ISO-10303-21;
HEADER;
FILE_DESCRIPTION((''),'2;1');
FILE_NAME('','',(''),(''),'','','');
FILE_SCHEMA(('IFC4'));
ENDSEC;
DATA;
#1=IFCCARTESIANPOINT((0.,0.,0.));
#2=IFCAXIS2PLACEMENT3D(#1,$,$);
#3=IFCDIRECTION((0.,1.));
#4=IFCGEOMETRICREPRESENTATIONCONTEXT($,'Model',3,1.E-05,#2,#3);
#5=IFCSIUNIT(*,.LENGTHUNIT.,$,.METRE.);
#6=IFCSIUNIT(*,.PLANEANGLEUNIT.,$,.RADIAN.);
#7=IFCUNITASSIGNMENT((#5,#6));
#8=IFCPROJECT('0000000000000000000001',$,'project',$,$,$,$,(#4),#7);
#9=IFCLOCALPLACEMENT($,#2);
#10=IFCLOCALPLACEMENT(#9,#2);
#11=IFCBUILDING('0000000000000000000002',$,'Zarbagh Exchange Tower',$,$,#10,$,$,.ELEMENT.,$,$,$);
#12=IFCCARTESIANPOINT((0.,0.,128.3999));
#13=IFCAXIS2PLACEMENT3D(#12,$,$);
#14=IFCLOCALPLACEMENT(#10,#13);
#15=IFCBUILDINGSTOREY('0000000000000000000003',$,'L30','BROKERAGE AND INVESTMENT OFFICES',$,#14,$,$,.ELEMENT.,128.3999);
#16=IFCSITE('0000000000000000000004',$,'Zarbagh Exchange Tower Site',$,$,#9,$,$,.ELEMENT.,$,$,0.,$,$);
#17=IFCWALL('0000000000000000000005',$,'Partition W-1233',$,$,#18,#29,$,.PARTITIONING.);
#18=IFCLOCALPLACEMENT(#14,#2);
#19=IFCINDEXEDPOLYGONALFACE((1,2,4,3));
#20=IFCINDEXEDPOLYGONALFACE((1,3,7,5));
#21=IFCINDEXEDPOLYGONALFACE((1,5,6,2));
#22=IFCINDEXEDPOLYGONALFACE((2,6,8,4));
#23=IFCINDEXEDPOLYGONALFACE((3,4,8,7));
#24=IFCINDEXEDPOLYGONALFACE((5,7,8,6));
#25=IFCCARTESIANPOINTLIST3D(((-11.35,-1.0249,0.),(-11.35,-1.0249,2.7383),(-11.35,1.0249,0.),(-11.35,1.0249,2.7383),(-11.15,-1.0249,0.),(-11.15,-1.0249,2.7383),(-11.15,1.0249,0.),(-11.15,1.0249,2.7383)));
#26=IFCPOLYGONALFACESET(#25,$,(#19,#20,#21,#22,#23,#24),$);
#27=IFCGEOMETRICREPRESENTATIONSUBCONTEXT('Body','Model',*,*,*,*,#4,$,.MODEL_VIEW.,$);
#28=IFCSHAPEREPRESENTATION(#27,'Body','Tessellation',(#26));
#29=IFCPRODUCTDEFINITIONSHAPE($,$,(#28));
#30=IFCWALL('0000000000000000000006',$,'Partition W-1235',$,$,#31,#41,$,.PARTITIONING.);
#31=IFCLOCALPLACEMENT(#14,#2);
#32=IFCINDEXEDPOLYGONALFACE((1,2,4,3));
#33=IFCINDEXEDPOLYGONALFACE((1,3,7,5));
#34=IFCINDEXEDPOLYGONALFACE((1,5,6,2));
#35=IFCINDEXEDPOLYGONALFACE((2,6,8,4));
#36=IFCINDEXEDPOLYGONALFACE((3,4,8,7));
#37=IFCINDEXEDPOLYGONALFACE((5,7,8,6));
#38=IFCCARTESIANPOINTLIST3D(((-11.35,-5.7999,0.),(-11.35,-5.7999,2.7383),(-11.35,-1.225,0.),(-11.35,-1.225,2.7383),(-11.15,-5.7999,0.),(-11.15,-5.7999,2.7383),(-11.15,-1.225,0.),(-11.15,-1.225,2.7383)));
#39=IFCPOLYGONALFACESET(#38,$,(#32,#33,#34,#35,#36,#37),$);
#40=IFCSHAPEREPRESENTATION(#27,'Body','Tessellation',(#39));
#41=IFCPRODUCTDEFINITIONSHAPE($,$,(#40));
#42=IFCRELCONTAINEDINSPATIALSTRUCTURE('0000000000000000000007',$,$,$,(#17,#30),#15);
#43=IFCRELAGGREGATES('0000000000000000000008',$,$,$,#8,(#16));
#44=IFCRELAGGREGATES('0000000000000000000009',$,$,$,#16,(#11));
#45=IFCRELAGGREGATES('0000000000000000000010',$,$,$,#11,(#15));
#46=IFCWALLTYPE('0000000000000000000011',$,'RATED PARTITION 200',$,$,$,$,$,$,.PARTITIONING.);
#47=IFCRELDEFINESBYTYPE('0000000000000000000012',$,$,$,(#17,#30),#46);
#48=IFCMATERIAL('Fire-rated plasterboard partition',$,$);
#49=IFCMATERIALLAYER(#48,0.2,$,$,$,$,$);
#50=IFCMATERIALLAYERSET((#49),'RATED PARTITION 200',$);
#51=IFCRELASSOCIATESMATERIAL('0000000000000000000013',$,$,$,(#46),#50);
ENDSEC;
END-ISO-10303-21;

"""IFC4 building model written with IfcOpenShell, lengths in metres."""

from ifc_helpers import new_model, si_unit, direction, frame, frame_2d, origin, place, context, subcontext, project, spatial, rectangle, extrude, material, layer, layer_set, type_object, element, save


model = new_model("IFC4")

# Units and contexts
model_context = context("Model", 3, precision=1e-05, world=origin(), true_north=direction((0.0, 1.0)))
body_context = subcontext(model_context, "Body", "Model", "MODEL_VIEW")
ifc_project = project(units=[si_unit("LENGTHUNIT", "METRE"), si_unit("PLANEANGLEUNIT", "RADIAN")], contexts=[model_context])

# Site, building, storey
site_placement = place(None, origin())
site = spatial("IfcSite", under=ifc_project, at=site_placement, Name="Zarbagh Exchange Tower Site", CompositionType="ELEMENT", RefElevation=0.0)
building_placement = place(site_placement, origin())
building = spatial("IfcBuilding", under=site, at=building_placement, Name="Zarbagh Exchange Tower", CompositionType="ELEMENT")
storey_placement = place(building_placement, frame((0.0, 0.0, 128.3999)))
storey = spatial("IfcBuildingStorey", under=building, at=storey_placement, Name="L30", Description="BROKERAGE AND INVESTMENT OFFICES", CompositionType="ELEMENT", Elevation=128.3999)

# Shared definitions
ifc_material_1 = material(Name="Fire-rated plasterboard partition")
ifc_layer = layer(ifc_material_1, 0.2)
ifc_layer_set = layer_set([ifc_layer], Name="RATED PARTITION 200")
wall_type = type_object("IfcWallType", Name="RATED PARTITION 200", PredefinedType="PARTITIONING", material=ifc_layer_set)

# Walls
wall_1_placement = place(storey_placement, frame((-11.25, -1.0249, 0.0), z_axis=(0.0, 0.0, 1.0), x_axis=(0.0, 1.0, 0.0)))
element("IfcWall", 1, at=wall_1_placement, inside=storey, type_object=wall_type, Name="Partition W-1233", PredefinedType="PARTITIONING", context=body_context, shape_type="SweptSolid", body=[
    extrude(rectangle(XDim=2.0498, YDim=0.2, at=frame_2d((1.0249, 0.0))), origin(), (0.0, 0.0, 1.0), 2.7383),
])
wall_2_placement = place(storey_placement, frame((-11.25, -5.8, 0.0), z_axis=(0.0, 0.0, 1.0), x_axis=(0.0, 1.0, 0.0)))
element("IfcWall", 2, at=wall_2_placement, inside=storey, type_object=wall_type, Name="Partition W-1235", PredefinedType="PARTITIONING", context=body_context, shape_type="SweptSolid", body=[
    extrude(rectangle(XDim=4.575, YDim=0.2, at=frame_2d((2.2876, 0.0))), origin(), (0.0, 0.0, 1.0), 2.7383),
])

save(model, "model.ifc")
